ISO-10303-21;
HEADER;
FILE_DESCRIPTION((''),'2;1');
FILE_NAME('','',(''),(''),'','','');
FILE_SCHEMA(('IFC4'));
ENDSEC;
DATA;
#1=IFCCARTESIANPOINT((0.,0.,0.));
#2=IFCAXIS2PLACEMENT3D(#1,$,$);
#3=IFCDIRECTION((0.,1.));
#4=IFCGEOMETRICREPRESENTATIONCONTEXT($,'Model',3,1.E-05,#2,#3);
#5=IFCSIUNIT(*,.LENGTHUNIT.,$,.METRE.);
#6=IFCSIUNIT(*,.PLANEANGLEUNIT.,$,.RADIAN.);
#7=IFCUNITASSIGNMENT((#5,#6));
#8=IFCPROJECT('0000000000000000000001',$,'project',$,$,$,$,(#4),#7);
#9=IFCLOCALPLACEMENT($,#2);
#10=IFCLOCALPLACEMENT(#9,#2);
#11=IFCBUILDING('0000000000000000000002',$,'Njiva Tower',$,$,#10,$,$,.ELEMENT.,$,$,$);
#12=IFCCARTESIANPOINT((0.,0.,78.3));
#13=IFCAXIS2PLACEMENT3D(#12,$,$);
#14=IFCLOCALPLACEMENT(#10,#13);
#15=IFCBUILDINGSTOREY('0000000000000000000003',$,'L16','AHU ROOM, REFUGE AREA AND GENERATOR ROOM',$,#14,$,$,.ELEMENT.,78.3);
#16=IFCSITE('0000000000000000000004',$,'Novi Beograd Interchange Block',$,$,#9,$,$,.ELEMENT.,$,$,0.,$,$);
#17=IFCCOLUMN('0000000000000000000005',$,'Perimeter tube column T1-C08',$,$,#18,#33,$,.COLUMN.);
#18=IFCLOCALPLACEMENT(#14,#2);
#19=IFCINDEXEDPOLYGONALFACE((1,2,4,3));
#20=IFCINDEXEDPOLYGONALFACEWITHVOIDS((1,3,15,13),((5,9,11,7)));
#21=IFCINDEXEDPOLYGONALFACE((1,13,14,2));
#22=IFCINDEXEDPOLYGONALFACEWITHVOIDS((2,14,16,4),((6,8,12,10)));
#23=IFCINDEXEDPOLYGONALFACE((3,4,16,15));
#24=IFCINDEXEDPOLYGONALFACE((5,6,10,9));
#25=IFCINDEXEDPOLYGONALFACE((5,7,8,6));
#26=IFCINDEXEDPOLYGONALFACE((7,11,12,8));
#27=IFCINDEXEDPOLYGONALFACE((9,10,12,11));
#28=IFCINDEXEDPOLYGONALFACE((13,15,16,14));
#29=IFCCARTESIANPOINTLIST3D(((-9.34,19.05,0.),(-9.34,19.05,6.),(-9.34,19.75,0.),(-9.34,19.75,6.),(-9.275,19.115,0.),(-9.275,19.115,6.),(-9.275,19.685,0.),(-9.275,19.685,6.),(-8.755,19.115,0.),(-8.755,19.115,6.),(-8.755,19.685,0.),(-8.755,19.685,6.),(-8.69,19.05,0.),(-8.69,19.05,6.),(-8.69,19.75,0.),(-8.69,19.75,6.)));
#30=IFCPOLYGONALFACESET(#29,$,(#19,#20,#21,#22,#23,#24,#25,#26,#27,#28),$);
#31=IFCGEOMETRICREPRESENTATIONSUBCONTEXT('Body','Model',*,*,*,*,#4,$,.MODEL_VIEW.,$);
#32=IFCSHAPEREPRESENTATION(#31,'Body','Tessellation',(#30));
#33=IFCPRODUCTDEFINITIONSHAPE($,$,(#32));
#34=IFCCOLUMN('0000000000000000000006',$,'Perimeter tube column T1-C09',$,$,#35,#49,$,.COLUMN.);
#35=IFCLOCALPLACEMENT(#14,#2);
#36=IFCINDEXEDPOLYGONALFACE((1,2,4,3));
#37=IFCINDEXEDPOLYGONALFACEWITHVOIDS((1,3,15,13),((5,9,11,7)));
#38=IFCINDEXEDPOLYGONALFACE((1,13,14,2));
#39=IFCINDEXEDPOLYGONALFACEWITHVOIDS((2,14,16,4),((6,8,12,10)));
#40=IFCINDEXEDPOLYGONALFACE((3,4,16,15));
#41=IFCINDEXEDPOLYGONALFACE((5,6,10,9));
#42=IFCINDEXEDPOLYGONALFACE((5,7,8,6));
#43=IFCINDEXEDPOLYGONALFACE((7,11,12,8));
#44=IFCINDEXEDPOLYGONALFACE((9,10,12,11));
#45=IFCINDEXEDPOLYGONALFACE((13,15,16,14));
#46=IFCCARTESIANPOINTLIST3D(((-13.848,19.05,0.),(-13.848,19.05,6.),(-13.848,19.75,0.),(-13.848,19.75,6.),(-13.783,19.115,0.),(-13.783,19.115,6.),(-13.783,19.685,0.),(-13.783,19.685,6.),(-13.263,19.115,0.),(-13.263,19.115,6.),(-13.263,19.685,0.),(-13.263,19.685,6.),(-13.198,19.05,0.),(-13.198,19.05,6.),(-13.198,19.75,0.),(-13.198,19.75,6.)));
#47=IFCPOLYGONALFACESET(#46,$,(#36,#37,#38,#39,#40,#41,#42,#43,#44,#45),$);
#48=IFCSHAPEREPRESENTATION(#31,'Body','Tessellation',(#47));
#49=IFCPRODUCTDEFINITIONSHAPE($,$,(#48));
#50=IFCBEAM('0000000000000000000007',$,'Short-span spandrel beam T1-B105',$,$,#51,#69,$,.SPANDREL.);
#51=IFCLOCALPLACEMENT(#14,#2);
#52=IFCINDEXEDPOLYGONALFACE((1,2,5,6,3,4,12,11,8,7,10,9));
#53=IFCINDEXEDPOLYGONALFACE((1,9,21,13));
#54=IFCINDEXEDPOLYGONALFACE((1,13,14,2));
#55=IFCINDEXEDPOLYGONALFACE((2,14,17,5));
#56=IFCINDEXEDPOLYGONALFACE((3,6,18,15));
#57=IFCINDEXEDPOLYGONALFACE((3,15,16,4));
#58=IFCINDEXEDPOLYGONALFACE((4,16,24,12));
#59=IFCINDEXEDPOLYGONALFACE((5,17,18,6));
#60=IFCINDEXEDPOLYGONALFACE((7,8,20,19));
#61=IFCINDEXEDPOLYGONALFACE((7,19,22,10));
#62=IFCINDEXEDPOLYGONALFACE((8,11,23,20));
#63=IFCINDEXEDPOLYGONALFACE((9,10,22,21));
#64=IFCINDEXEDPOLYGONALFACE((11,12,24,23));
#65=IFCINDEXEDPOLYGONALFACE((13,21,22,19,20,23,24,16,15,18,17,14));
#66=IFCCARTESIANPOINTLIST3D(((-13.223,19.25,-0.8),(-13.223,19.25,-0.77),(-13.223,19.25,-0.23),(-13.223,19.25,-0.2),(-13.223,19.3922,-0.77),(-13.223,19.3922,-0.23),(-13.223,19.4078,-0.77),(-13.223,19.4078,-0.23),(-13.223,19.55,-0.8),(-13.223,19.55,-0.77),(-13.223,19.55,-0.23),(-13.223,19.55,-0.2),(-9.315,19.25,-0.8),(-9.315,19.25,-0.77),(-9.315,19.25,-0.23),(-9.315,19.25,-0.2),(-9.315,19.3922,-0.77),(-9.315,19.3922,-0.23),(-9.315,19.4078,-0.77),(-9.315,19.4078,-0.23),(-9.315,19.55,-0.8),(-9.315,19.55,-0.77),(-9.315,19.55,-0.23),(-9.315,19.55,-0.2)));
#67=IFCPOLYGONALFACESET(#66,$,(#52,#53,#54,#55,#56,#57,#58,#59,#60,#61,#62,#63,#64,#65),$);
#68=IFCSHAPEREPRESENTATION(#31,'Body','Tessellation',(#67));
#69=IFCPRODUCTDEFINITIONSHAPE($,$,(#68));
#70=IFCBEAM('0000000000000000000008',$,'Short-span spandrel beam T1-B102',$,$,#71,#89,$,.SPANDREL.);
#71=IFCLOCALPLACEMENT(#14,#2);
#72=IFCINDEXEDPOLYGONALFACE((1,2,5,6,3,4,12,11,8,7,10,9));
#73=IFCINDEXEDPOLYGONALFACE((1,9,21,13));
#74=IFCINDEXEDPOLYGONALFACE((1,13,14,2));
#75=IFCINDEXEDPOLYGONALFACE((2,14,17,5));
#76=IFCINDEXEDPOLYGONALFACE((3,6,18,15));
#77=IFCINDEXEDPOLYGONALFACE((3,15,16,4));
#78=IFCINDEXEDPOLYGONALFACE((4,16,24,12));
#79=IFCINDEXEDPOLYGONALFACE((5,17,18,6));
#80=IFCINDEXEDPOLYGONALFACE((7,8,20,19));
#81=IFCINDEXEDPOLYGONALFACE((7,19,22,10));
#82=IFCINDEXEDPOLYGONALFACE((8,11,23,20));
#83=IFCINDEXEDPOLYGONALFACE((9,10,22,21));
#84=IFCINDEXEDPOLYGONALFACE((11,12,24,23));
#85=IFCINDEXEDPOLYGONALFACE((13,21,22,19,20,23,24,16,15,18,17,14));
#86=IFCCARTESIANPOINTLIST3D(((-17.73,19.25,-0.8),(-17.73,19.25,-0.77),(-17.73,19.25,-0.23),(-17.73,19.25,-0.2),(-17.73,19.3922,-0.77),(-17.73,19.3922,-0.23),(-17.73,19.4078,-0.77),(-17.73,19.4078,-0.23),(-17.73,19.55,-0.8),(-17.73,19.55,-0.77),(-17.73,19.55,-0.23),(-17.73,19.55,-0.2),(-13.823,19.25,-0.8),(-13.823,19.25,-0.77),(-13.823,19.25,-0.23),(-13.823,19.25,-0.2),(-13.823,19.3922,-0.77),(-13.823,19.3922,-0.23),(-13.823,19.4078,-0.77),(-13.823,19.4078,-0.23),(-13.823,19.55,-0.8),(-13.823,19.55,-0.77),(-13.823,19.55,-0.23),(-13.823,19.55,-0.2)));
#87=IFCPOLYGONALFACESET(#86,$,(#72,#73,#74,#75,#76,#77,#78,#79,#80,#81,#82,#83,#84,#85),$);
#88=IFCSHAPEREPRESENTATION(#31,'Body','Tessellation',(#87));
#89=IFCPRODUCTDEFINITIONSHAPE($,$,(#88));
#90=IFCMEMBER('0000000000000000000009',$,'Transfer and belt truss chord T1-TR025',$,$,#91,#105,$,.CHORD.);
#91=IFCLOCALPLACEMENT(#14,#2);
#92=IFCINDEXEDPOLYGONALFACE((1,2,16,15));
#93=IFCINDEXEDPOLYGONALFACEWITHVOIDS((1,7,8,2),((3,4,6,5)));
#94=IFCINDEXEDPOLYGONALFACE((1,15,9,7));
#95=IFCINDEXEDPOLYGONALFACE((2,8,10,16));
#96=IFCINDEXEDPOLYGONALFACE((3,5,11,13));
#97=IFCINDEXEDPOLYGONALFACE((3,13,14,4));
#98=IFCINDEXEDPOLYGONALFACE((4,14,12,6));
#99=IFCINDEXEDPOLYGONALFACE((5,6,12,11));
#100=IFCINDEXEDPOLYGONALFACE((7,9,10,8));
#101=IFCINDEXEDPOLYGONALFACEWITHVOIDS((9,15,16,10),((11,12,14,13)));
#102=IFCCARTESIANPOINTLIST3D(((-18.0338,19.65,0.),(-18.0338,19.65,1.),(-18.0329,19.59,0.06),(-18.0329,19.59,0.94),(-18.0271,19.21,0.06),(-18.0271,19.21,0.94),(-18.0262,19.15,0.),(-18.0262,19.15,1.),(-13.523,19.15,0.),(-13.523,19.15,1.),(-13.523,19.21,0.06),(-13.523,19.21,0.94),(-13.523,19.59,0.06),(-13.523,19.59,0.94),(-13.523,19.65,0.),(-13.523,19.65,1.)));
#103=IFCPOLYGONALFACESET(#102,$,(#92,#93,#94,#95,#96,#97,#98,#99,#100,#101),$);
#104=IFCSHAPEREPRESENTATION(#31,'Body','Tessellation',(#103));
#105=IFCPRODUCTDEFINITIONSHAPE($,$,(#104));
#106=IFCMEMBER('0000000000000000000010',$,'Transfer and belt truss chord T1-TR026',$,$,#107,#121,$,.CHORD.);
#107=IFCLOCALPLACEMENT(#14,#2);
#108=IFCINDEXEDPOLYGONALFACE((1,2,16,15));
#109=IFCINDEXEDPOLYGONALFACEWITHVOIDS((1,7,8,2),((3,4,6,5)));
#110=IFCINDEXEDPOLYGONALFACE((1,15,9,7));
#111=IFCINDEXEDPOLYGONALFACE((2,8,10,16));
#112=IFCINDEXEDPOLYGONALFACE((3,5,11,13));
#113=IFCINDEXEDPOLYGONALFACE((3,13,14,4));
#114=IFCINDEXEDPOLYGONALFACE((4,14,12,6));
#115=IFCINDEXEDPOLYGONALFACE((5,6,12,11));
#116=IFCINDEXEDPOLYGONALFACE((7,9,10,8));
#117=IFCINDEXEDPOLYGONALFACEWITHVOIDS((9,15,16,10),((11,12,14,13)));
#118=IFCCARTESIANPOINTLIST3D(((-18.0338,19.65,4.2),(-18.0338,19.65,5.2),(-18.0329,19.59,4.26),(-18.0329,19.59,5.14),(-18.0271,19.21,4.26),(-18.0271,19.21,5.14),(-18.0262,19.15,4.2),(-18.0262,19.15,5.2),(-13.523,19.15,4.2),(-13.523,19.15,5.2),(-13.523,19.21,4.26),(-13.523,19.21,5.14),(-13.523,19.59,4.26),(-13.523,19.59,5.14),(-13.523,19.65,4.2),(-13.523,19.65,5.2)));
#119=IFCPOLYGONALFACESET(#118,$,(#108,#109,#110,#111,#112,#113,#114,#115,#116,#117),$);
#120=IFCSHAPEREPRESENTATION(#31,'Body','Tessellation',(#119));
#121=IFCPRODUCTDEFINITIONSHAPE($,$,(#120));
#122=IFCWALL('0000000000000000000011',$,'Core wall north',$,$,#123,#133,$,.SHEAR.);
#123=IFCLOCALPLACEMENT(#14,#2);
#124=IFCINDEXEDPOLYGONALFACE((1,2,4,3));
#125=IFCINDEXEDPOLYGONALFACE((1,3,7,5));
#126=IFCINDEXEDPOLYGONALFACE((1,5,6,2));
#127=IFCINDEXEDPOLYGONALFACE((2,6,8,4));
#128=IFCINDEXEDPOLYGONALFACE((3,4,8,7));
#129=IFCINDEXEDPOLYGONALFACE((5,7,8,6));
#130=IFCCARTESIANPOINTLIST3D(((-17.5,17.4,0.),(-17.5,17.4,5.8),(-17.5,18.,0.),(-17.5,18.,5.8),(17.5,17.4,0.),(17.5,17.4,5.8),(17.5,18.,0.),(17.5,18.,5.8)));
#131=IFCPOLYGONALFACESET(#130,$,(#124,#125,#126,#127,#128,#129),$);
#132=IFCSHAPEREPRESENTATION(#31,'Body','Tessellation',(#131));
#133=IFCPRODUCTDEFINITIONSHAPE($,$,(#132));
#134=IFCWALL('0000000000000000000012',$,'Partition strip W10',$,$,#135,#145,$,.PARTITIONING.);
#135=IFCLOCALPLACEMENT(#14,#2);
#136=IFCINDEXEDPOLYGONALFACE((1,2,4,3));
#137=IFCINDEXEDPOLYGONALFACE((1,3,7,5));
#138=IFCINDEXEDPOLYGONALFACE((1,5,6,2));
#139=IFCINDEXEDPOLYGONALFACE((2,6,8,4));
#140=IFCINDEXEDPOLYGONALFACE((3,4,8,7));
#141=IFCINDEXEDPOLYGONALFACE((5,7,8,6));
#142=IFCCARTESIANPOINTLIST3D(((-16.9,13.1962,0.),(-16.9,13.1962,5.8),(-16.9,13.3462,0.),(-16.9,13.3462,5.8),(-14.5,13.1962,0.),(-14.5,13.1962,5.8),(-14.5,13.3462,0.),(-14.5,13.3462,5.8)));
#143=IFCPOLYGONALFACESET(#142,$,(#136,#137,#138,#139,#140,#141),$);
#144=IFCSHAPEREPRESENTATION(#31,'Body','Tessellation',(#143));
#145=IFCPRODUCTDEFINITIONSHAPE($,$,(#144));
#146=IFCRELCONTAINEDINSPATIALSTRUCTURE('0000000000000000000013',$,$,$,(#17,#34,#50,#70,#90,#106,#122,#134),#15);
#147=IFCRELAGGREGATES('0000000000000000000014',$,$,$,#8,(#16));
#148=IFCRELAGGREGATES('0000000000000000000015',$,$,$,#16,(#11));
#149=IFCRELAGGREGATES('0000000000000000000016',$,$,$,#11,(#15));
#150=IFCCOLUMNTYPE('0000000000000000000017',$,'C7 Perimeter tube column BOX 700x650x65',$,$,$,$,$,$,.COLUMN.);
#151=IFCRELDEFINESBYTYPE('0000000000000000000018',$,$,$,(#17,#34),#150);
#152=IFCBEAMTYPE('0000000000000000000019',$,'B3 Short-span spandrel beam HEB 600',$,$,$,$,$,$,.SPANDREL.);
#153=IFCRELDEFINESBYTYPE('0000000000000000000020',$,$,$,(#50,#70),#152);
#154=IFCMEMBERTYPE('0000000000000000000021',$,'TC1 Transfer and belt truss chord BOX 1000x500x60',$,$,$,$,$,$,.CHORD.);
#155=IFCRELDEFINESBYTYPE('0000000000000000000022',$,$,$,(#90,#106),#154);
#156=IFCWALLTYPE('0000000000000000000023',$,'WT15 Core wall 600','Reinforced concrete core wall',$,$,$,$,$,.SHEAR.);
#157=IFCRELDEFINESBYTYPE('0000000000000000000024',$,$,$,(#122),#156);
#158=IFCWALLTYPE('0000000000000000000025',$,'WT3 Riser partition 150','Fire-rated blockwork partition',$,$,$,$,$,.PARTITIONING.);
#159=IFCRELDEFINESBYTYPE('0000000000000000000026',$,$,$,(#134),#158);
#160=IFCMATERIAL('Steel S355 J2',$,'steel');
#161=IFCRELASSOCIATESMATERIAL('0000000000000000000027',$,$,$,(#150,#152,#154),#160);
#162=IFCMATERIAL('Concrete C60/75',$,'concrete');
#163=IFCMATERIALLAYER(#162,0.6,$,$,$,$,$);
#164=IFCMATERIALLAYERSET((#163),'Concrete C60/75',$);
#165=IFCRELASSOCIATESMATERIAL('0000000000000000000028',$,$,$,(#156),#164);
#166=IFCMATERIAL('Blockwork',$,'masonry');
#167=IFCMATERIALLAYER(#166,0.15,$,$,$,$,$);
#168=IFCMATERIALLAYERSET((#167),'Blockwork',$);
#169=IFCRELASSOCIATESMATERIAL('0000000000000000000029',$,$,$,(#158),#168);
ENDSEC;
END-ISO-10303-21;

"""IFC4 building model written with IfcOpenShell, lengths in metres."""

from ifc_helpers import new_model, si_unit, direction, frame, frame_2d, origin, origin_2d, place, context, subcontext, project, spatial, rectangle, hollow_rectangle, i_section, extrude, clip, halfspace, material, layer, layer_set, material_profile, profile_set, type_object, element, save


model = new_model("IFC4")

# Units and contexts
model_context = context("Model", 3, precision=1e-05, world=origin(), true_north=direction((0.0, 1.0)))
body_context = subcontext(model_context, "Body", "Model", "MODEL_VIEW")
ifc_project = project(units=[si_unit("LENGTHUNIT", "METRE"), si_unit("PLANEANGLEUNIT", "RADIAN")], contexts=[model_context])

# Site, building, storey
site_placement = place(None, origin())
site = spatial("IfcSite", under=ifc_project, at=site_placement, Name="Novi Beograd Interchange Block", CompositionType="ELEMENT", RefElevation=0.0)
building_placement = place(site_placement, origin())
building = spatial("IfcBuilding", under=site, at=building_placement, Name="Njiva Tower", CompositionType="ELEMENT")
storey_placement = place(building_placement, frame((0.0, 0.0, 78.3)))
storey = spatial("IfcBuildingStorey", under=building, at=storey_placement, Name="L16", Description="AHU ROOM, REFUGE AREA AND GENERATOR ROOM", CompositionType="ELEMENT", Elevation=78.3)

# Columns
ifc_material_1 = material(Name="Steel S355 J2", Category="steel")
ifc_material_profile_1 = material_profile(ifc_material_1, hollow_rectangle(XDim=0.65, YDim=0.7, WallThickness=0.065, at=origin_2d()), Name="BOX 700x650x65")
ifc_profile_set_1 = profile_set([ifc_material_profile_1], Name="Steel S355 J2")
column_type = type_object("IfcColumnType", Name="C7 Perimeter tube column BOX 700x650x65", PredefinedType="COLUMN", material=ifc_profile_set_1)
for number, where, z_axis, x_axis, name in (
    (1, (-9.015, 19.4, 0.0), (0.0, 0.0, 1.0), (-1.0, 0.0, 0.0), "Perimeter tube column T1-C08"),
    (2, (-13.523, 19.4, 0.0), (0.0, 0.0, 1.0), (-1.0, 0.0, 0.0), "Perimeter tube column T1-C09"),
):
    element("IfcColumn", number, at=place(storey_placement, frame(where, z_axis=z_axis, x_axis=x_axis)), inside=storey, type_object=column_type, Name=name, PredefinedType="COLUMN", context=body_context, shape_type="SweptSolid", body=[
        extrude(hollow_rectangle(XDim=0.65, YDim=0.7, WallThickness=0.065, at=origin_2d()), origin(), (0.0, 0.0, 1.0), 6.0),
    ])

# Beams
ifc_material_profile_2 = material_profile(ifc_material_1, i_section(OverallWidth=0.3, OverallDepth=0.6, WebThickness=0.0155, FlangeThickness=0.03, at=origin_2d()), Name="HEB 600")
ifc_profile_set_2 = profile_set([ifc_material_profile_2], Name="Steel S355 J2")
beam_type = type_object("IfcBeamType", Name="B3 Short-span spandrel beam HEB 600", PredefinedType="SPANDREL", material=ifc_profile_set_2)
beam_1_placement = place(storey_placement, frame((-9.315, 19.4, -0.5), z_axis=(-1.0, 0.0, 0.0), x_axis=(0.0, -1.0, 0.0)))
element("IfcBeam", 3, at=beam_1_placement, inside=storey, type_object=beam_type, Name="Short-span spandrel beam T1-B105", PredefinedType="SPANDREL", context=body_context, shape_type="SweptSolid", body=[
    extrude(i_section(OverallWidth=0.3, OverallDepth=0.6, WebThickness=0.0155, FlangeThickness=0.03, at=origin_2d()), origin(), (0.0, 0.0, 1.0), 3.908),
])
beam_2_placement = place(storey_placement, frame((-13.823, 19.4, -0.5), z_axis=(-1.0, 0.0, 0.0), x_axis=(0.0, -1.0, 0.0)))
element("IfcBeam", 4, at=beam_2_placement, inside=storey, type_object=beam_type, Name="Short-span spandrel beam T1-B102", PredefinedType="SPANDREL", context=body_context, shape_type="SweptSolid", body=[
    extrude(i_section(OverallWidth=0.3, OverallDepth=0.6, WebThickness=0.0155, FlangeThickness=0.03, at=origin_2d()), origin(), (0.0, 0.0, 1.0), 3.907),
])

# Members
ifc_material_profile_3 = material_profile(ifc_material_1, hollow_rectangle(XDim=0.5, YDim=1.0, WallThickness=0.06, at=origin_2d()), Name="BOX 1000x500x60")
ifc_profile_set_3 = profile_set([ifc_material_profile_3], Name="Steel S355 J2")
member_type_1 = type_object("IfcMemberType", Name="TC1 Transfer and belt truss chord BOX 1000x500x60", PredefinedType="CHORD", material=ifc_profile_set_3)
member_1_placement = place(storey_placement, frame((-13.523, 19.4, 0.5), z_axis=(-1.0, 0.0, 0.0), x_axis=(0.0, -1.0, 0.0)))
element("IfcMember", 5, at=member_1_placement, inside=storey, type_object=member_type_1, Name="Transfer and belt truss chord T1-TR025", PredefinedType="CHORD", context=body_context, shape_type="Clipping", body=[
    clip(extrude(hollow_rectangle(XDim=0.5, YDim=1.0, WallThickness=0.06, at=origin_2d()), origin(), (0.0, 0.0, 1.0), 4.541), halfspace(frame((0.0, -78.8, 4.507), z_axis=(0.015, 0.0, 0.999887), x_axis=(0.0, 1.0, 0.0)), False)),
])
member_2_placement = place(storey_placement, frame((-13.523, 19.4, 4.7), z_axis=(-1.0, 0.0, 0.0), x_axis=(0.0, -1.0, 0.0)))
element("IfcMember", 6, at=member_2_placement, inside=storey, type_object=member_type_1, Name="Transfer and belt truss chord T1-TR026", PredefinedType="CHORD", context=body_context, shape_type="Clipping", body=[
    clip(extrude(hollow_rectangle(XDim=0.5, YDim=1.0, WallThickness=0.06, at=origin_2d()), origin(), (0.0, 0.0, 1.0), 4.541), halfspace(frame((0.0, -83.0, 4.507), z_axis=(0.015, 0.0, 0.999887), x_axis=(0.0, 1.0, 0.0)), False)),
])

# Walls
ifc_material_2 = material(Name="Concrete C60/75", Category="concrete")
ifc_layer_1 = layer(ifc_material_2, 0.6)
ifc_layer_set_1 = layer_set([ifc_layer_1], Name="Concrete C60/75")
wall_type_1 = type_object("IfcWallType", Name="WT15 Core wall 600", Description="Reinforced concrete core wall", PredefinedType="SHEAR", material=ifc_layer_set_1)
wall_1_placement = place(storey_placement, frame((-17.5, 17.7, 0.0), z_axis=(0.0, 0.0, 1.0), x_axis=(1.0, 0.0, 0.0)))
element("IfcWall", 7, at=wall_1_placement, inside=storey, type_object=wall_type_1, Name="Core wall north", PredefinedType="SHEAR", context=body_context, shape_type="SweptSolid", body=[
    extrude(rectangle(XDim=35.0, YDim=0.6, at=frame_2d((17.5, 0.0))), origin(), (0.0, 0.0, 1.0), 5.8),
])
ifc_material_3 = material(Name="Blockwork", Category="masonry")
ifc_layer_2 = layer(ifc_material_3, 0.15)
ifc_layer_set_2 = layer_set([ifc_layer_2], Name="Blockwork")
wall_type_2 = type_object("IfcWallType", Name="WT3 Riser partition 150", Description="Fire-rated blockwork partition", PredefinedType="PARTITIONING", material=ifc_layer_set_2)
wall_2_placement = place(storey_placement, frame((-16.9, 13.2712, 0.0), z_axis=(0.0, 0.0, 1.0), x_axis=(1.0, 0.0, 0.0)))
element("IfcWall", 8, at=wall_2_placement, inside=storey, type_object=wall_type_2, Name="Partition strip W10", PredefinedType="PARTITIONING", context=body_context, shape_type="SweptSolid", body=[
    extrude(rectangle(XDim=2.4, YDim=0.15, at=frame_2d((1.2, 0.0))), origin(), (0.0, 0.0, 1.0), 5.8),
])

save(model, "model.ifc")
